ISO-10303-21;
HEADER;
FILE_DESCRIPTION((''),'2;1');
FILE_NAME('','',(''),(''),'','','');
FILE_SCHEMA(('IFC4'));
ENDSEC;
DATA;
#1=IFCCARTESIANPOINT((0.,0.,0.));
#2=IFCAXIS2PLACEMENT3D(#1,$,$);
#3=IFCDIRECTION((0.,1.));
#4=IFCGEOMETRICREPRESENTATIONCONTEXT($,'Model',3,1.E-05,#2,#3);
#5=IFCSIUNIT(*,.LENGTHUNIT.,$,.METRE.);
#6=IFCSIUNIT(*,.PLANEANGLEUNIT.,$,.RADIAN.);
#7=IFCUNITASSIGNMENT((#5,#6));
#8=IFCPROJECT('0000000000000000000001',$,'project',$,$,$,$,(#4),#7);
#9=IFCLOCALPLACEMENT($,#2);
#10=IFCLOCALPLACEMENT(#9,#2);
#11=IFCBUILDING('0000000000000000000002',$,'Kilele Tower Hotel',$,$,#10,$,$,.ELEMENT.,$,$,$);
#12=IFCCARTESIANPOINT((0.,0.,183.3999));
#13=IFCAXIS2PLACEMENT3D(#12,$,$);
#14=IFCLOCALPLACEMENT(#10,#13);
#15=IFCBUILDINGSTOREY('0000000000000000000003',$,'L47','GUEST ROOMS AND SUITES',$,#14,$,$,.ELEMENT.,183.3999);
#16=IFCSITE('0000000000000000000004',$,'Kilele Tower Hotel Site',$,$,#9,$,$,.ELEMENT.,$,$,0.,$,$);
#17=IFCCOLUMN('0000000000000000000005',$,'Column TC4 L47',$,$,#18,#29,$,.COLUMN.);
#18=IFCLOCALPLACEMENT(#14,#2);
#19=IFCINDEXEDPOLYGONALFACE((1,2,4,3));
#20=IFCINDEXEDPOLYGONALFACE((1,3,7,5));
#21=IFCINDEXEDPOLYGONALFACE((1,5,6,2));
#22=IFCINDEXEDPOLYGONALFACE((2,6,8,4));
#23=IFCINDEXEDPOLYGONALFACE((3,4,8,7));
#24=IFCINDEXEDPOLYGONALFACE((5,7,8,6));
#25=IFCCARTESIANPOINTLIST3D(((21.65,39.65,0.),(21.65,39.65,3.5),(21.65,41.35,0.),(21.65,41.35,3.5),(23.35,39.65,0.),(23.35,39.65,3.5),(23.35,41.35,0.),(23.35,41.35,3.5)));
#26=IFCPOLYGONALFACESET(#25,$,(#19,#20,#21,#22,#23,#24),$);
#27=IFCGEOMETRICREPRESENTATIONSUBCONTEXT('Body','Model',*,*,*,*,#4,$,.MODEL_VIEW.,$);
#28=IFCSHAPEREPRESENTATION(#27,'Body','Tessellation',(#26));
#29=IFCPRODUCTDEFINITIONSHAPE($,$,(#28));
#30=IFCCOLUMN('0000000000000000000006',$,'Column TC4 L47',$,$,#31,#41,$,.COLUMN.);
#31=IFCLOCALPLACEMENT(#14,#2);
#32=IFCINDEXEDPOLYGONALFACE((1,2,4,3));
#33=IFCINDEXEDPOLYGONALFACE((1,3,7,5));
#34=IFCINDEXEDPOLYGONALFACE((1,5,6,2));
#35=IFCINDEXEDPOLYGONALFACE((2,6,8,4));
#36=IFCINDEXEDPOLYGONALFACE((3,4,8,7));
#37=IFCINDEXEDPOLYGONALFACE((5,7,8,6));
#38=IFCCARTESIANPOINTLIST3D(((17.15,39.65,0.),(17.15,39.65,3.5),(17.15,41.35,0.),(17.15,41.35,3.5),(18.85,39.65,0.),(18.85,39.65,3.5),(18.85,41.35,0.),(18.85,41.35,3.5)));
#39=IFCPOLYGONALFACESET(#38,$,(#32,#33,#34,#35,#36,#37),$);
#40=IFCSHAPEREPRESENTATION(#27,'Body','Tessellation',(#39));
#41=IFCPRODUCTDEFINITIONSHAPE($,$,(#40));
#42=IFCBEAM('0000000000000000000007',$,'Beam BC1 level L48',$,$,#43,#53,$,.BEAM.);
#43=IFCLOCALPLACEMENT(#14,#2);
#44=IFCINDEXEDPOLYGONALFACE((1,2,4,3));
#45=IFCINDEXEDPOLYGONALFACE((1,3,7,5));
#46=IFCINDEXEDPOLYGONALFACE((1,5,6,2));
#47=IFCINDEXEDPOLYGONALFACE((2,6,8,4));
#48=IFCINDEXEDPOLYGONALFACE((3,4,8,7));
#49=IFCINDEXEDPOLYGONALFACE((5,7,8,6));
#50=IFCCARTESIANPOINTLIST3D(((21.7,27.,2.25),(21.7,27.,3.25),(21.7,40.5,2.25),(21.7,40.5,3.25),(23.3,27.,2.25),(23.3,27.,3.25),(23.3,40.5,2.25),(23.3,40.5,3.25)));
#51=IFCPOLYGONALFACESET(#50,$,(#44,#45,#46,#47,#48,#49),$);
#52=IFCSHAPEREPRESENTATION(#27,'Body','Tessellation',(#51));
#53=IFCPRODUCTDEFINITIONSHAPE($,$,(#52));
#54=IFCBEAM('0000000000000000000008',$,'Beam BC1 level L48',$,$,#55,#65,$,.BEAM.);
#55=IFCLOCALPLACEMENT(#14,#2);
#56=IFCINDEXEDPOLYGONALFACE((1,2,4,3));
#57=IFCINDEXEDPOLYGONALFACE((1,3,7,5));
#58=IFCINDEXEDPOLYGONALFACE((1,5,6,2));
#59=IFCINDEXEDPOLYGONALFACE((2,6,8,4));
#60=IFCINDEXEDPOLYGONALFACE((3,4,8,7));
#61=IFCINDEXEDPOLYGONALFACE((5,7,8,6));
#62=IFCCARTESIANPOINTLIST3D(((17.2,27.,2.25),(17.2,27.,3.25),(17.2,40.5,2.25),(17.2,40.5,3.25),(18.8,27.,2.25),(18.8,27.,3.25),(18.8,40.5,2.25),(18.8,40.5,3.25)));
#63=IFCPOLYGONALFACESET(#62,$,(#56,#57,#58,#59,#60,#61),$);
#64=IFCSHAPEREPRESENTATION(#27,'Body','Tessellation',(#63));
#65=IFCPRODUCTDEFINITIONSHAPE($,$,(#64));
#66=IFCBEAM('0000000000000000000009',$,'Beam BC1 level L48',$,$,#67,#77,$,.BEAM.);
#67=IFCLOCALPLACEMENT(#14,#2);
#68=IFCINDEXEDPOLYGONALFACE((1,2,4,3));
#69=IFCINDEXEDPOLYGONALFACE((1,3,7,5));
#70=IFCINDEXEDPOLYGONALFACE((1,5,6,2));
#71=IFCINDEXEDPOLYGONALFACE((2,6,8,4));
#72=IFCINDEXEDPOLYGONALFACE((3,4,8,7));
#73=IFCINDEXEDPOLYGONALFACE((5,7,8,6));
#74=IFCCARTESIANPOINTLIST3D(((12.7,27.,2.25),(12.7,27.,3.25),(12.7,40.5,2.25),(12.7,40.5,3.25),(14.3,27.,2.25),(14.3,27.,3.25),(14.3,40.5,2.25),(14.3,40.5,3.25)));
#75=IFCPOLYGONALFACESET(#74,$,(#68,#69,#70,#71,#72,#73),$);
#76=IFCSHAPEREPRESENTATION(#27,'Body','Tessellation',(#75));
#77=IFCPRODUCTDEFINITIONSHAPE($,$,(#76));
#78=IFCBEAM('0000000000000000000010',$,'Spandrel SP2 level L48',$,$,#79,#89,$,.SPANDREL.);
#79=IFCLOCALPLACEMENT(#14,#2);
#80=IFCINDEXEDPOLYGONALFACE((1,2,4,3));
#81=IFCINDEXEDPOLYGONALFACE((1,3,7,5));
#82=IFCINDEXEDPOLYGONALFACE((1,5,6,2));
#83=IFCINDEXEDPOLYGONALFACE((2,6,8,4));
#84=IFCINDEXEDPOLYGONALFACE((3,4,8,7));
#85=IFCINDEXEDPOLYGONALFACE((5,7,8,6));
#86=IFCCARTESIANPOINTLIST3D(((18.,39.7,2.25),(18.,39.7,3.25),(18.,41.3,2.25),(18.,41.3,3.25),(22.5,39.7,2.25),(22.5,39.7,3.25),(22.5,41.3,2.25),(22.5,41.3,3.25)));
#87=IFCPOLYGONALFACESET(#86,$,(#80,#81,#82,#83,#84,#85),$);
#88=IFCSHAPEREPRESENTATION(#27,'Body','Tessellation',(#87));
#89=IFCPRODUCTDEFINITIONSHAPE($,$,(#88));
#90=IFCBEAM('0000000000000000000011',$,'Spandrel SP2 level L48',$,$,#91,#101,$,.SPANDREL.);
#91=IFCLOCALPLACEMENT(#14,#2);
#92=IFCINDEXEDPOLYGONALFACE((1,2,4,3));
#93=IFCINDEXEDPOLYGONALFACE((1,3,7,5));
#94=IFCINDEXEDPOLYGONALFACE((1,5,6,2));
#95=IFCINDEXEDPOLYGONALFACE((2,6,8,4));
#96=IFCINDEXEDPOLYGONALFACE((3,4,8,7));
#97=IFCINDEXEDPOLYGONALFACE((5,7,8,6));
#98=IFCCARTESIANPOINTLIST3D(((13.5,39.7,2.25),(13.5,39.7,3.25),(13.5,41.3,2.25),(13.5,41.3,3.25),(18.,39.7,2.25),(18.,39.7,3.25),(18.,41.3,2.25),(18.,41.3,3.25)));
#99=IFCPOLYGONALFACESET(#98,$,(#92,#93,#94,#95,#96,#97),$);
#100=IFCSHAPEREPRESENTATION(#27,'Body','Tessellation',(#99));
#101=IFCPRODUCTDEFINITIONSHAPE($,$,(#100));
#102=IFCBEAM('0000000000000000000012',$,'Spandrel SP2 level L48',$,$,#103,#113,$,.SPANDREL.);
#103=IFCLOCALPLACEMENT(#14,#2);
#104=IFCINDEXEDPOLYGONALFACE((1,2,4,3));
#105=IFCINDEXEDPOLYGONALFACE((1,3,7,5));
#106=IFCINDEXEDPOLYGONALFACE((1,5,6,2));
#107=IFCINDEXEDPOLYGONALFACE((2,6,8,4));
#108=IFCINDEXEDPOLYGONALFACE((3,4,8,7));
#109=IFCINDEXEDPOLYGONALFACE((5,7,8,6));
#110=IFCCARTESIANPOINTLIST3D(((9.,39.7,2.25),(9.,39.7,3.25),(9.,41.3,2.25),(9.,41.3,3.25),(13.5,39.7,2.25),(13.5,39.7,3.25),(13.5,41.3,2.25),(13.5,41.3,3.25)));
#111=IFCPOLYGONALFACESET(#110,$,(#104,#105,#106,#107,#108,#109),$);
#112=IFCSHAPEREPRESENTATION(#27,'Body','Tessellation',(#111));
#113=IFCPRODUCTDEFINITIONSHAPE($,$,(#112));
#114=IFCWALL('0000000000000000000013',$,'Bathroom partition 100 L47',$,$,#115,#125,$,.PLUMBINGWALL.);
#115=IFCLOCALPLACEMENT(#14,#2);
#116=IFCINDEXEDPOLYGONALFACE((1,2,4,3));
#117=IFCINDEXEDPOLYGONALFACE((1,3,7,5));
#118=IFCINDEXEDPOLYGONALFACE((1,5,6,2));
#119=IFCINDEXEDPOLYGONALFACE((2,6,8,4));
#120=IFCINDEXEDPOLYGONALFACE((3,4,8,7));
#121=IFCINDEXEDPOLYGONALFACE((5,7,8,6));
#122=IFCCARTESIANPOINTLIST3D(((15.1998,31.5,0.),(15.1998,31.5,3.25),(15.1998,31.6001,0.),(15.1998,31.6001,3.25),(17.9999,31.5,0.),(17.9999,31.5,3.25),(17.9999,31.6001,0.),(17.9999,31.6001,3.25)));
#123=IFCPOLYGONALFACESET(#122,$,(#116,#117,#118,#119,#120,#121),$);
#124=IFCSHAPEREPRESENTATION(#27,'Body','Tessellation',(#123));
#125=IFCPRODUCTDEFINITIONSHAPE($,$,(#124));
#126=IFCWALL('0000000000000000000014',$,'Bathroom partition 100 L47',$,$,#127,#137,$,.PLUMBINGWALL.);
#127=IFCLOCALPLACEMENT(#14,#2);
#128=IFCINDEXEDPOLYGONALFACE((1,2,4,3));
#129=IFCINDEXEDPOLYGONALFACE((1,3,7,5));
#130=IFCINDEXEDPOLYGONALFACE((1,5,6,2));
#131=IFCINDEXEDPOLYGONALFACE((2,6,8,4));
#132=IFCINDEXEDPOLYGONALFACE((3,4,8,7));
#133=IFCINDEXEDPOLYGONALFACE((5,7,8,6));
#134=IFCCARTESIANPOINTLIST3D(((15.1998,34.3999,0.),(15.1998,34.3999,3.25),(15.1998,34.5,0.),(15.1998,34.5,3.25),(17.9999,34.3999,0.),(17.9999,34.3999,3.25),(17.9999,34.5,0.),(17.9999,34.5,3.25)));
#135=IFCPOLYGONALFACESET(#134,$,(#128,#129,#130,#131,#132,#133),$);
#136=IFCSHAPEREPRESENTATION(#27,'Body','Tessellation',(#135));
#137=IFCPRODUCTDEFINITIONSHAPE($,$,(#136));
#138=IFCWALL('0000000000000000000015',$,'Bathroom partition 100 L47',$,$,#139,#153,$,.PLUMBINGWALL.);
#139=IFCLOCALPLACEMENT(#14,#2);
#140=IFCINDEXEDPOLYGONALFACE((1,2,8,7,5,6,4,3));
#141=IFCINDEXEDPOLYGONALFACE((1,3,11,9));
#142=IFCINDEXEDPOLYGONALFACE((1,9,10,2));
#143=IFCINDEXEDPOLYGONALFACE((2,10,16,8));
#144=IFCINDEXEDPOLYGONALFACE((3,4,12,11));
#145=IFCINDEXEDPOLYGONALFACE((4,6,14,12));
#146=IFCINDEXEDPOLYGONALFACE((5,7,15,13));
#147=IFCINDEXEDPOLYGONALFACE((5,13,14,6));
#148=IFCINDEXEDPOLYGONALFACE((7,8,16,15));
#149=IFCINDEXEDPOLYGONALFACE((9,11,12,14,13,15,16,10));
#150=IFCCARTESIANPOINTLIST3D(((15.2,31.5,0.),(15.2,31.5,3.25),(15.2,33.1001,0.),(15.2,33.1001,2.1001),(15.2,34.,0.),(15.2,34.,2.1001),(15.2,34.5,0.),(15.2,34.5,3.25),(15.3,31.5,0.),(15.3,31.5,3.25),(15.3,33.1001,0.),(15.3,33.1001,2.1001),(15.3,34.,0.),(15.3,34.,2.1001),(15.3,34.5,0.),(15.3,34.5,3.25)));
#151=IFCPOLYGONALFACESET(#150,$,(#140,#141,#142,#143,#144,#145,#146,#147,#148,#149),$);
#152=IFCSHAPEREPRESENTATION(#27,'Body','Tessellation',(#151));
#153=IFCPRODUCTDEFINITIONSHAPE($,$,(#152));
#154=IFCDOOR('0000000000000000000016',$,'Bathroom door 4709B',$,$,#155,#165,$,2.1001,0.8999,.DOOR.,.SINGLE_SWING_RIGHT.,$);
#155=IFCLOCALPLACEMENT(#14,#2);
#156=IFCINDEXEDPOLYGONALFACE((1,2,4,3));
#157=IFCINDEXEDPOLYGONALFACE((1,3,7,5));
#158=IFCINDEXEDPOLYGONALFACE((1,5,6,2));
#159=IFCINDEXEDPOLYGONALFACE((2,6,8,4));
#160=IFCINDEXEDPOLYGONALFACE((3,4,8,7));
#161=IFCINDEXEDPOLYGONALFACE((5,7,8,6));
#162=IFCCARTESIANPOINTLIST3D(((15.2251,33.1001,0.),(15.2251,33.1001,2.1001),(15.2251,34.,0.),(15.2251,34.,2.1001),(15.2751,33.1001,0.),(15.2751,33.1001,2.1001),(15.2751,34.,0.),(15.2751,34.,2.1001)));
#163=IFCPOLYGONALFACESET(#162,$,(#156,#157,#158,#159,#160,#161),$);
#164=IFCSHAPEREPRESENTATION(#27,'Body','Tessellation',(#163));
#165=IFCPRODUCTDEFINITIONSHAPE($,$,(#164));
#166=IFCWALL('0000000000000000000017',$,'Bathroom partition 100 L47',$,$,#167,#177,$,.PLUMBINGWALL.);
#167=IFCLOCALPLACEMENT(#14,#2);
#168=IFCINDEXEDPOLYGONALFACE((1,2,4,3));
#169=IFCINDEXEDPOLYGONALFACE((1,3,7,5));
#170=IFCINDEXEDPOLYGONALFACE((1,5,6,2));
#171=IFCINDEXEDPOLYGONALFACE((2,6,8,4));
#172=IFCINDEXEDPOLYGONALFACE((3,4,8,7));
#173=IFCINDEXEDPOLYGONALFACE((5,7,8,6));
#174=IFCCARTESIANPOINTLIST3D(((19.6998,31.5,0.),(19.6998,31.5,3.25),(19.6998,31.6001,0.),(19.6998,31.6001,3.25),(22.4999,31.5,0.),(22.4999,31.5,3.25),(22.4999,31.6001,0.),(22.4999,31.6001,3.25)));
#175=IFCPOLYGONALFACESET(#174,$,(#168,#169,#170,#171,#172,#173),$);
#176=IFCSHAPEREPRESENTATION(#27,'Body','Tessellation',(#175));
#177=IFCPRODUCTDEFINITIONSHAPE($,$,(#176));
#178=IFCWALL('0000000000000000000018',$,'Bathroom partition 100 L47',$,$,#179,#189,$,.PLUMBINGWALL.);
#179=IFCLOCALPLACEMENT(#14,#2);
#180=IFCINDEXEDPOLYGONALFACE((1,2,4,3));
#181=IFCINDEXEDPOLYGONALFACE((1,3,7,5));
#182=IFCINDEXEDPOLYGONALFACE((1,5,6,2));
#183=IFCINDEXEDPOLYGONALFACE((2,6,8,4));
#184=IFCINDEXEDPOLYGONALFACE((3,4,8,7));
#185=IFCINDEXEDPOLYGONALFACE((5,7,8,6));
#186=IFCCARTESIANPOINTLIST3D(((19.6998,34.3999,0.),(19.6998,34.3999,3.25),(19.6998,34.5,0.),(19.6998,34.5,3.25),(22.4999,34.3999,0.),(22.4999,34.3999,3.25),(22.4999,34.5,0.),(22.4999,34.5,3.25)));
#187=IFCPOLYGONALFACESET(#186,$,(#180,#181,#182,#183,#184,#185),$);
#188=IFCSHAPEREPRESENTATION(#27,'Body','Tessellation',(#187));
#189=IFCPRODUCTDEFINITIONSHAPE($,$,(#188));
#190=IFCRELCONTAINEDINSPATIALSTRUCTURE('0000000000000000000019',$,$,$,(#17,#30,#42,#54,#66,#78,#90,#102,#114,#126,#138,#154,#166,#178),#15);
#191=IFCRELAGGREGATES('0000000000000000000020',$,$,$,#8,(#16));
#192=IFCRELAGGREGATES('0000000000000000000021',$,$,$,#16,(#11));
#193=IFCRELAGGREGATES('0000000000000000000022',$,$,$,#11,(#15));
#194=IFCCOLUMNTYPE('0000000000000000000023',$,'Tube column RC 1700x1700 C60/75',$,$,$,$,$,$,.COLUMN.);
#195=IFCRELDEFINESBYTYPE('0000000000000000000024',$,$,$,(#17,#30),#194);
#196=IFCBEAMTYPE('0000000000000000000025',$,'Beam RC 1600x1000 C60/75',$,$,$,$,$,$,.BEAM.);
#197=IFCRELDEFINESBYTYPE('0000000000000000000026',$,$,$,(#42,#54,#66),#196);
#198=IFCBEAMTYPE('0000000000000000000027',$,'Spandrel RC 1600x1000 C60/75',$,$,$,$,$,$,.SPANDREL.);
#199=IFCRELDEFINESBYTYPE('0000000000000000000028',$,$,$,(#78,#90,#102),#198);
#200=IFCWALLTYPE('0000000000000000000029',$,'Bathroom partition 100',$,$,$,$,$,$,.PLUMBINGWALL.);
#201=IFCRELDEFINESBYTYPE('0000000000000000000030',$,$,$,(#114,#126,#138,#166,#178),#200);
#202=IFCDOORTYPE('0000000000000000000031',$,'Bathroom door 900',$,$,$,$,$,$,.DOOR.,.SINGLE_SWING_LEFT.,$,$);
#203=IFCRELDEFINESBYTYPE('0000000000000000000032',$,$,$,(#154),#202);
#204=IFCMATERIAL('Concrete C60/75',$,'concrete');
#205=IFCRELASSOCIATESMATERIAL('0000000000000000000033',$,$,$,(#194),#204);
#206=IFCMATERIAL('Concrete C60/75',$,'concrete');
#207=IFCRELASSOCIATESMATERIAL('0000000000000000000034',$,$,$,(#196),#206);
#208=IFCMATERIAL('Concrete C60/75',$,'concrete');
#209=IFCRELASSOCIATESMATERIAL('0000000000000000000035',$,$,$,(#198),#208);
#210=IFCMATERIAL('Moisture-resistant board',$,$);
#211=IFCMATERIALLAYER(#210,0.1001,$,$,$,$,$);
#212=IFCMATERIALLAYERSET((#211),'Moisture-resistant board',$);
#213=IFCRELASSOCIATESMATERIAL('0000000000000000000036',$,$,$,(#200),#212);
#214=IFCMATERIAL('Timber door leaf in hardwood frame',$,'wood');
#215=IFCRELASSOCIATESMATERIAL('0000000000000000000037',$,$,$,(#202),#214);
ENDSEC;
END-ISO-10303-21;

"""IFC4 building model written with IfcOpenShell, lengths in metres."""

from ifc_helpers import new_model, si_unit, direction, frame, frame_2d, origin, origin_2d, place, context, subcontext, project, spatial, rectangle, extrude, material, layer, layer_set, material_profile, profile_set, type_object, element, fill, save


model = new_model("IFC4")

# Units and contexts
model_context = context("Model", 3, precision=1e-05, world=origin(), true_north=direction((0.0, 1.0)))
body_context = subcontext(model_context, "Body", "Model", "MODEL_VIEW")
ifc_project = project(units=[si_unit("LENGTHUNIT", "METRE"), si_unit("PLANEANGLEUNIT", "RADIAN")], contexts=[model_context])

# Site, building, storey
site_placement = place(None, origin())
site = spatial("IfcSite", under=ifc_project, at=site_placement, Name="Kilele Tower Hotel Site", CompositionType="ELEMENT", RefElevation=0.0)
building_placement = place(site_placement, origin())
building = spatial("IfcBuilding", under=site, at=building_placement, Name="Kilele Tower Hotel", CompositionType="ELEMENT")
storey_placement = place(building_placement, frame((0.0, 0.0, 183.3999)))
storey = spatial("IfcBuildingStorey", under=building, at=storey_placement, Name="L47", Description="GUEST ROOMS AND SUITES", CompositionType="ELEMENT", Elevation=183.3999)

# Columns
ifc_material_1 = material(Name="Concrete C60/75", Category="concrete")
ifc_material_profile_1 = material_profile(ifc_material_1, rectangle(XDim=1.7, YDim=1.7, at=origin_2d()))
ifc_profile_set_1 = profile_set([ifc_material_profile_1], Name="Concrete C60/75")
column_type = type_object("IfcColumnType", Name="Tube column RC 1700x1700 C60/75", PredefinedType="COLUMN", material=ifc_profile_set_1)
for number, where, z_axis, x_axis, name in (
    (1, (22.5, 40.5, 0.0), (0.0, 0.0, 1.0), (1.0, 0.0, 0.0), "Column TC4 L47"),
    (2, (18.0, 40.5, 0.0), (0.0, 0.0, 1.0), (1.0, 0.0, 0.0), "Column TC4 L47"),
):
    element("IfcColumn", number, at=place(storey_placement, frame(where, z_axis=z_axis, x_axis=x_axis)), inside=storey, type_object=column_type, Name=name, PredefinedType="COLUMN", context=body_context, shape_type="SweptSolid", body=[
        extrude(rectangle(XDim=1.7, YDim=1.7, at=origin_2d()), origin(), (0.0, 0.0, 1.0), 3.5),
    ])

# Beams
ifc_material_2 = material(Name="Concrete C60/75", Category="concrete")
ifc_material_profile_2 = material_profile(ifc_material_2, rectangle(XDim=1.6001, YDim=1.0, at=origin_2d()))
ifc_profile_set_2 = profile_set([ifc_material_profile_2], Name="Concrete C60/75")
beam_type_1 = type_object("IfcBeamType", Name="Beam RC 1600x1000 C60/75", PredefinedType="BEAM", material=ifc_profile_set_2)
for number, where, z_axis, x_axis, name in (
    (3, (22.5, 40.5, 2.75), (0.0, -1.0, 0.0), (1.0, 0.0, 0.0), "Beam BC1 level L48"),
    (4, (18.0, 40.5, 2.75), (0.0, -1.0, 0.0), (1.0, 0.0, 0.0), "Beam BC1 level L48"),
    (5, (13.5, 40.5, 2.75), (0.0, -1.0, 0.0), (1.0, 0.0, 0.0), "Beam BC1 level L48"),
):
    element("IfcBeam", number, at=place(storey_placement, frame(where, z_axis=z_axis, x_axis=x_axis)), inside=storey, type_object=beam_type_1, Name=name, PredefinedType="BEAM", context=body_context, shape_type="SweptSolid", body=[
        extrude(rectangle(XDim=1.6001, YDim=1.0, at=origin_2d()), origin(), (0.0, 0.0, 1.0), 13.5),
    ])
ifc_material_3 = material(Name="Concrete C60/75", Category="concrete")
ifc_material_profile_3 = material_profile(ifc_material_3, rectangle(XDim=1.6001, YDim=1.0, at=origin_2d()))
ifc_profile_set_3 = profile_set([ifc_material_profile_3], Name="Concrete C60/75")
beam_type_2 = type_object("IfcBeamType", Name="Spandrel RC 1600x1000 C60/75", PredefinedType="SPANDREL", material=ifc_profile_set_3)
for number, where, z_axis, x_axis, name in (
    (6, (22.5, 40.5, 2.75), (-1.0, 0.0, 0.0), (0.0, -1.0, 0.0), "Spandrel SP2 level L48"),
    (7, (18.0, 40.5, 2.75), (-1.0, 0.0, 0.0), (0.0, -1.0, 0.0), "Spandrel SP2 level L48"),
    (8, (13.5, 40.5, 2.75), (-1.0, 0.0, 0.0), (0.0, -1.0, 0.0), "Spandrel SP2 level L48"),
):
    element("IfcBeam", number, at=place(storey_placement, frame(where, z_axis=z_axis, x_axis=x_axis)), inside=storey, type_object=beam_type_2, Name=name, PredefinedType="SPANDREL", context=body_context, shape_type="SweptSolid", body=[
        extrude(rectangle(XDim=1.6001, YDim=1.0, at=origin_2d()), origin(), (0.0, 0.0, 1.0), 4.5),
    ])

# Walls
ifc_material_4 = material(Name="Moisture-resistant board")
ifc_layer_1 = layer(ifc_material_4, 0.1001)
ifc_layer_set_1 = layer_set([ifc_layer_1], Name="Moisture-resistant board")
wall_type_1 = type_object("IfcWallType", Name="Bathroom partition 100", PredefinedType="PLUMBINGWALL", material=ifc_layer_set_1)
for number, where, z_axis, x_axis, name in (
    (9, (15.2, 31.55, 0.0), (0.0, 0.0, 1.0), (1.0, 0.0, 0.0), "Bathroom partition 100 L47"),
    (10, (15.2, 34.45, 0.0), (0.0, 0.0, 1.0), (1.0, 0.0, 0.0), "Bathroom partition 100 L47"),
):
    element("IfcWall", number, at=place(storey_placement, frame(where, z_axis=z_axis, x_axis=x_axis)), inside=storey, type_object=wall_type_1, Name=name, PredefinedType="PLUMBINGWALL", context=body_context, shape_type="SweptSolid", body=[
        extrude(rectangle(XDim=2.8, YDim=0.1001, at=frame_2d((1.3999, 0.0))), origin(), (0.0, 0.0, 1.0), 3.25),
    ])

# Wall, opening, door
wall_1_placement = place(storey_placement, frame((15.25, 31.5, 0.0), z_axis=(0.0, 0.0, 1.0), x_axis=(0.0, 1.0, 0.0)))
wall_1 = element("IfcWall", 11, at=wall_1_placement, inside=storey, type_object=wall_type_1, Name="Bathroom partition 100 L47", PredefinedType="PLUMBINGWALL", context=body_context, shape_type="SweptSolid", body=[
    extrude(rectangle(XDim=3.0, YDim=0.1001, at=frame_2d((1.5, 0.0))), origin(), (0.0, 0.0, 1.0), 3.25),
])
opening_1_placement = place(wall_1_placement, frame((1.6001, 0.0, 0.0)))
opening_1 = element("IfcOpeningElement", 12, at=opening_1_placement, cuts=wall_1, PredefinedType="OPENING", context=body_context, shape_type="SweptSolid", body=[
    extrude(rectangle(XDim=0.8999, YDim=2.1001, at=frame_2d((0.45, 1.05))), frame((0.0, 0.0601, 0.0), z_axis=(0.0, -1.0, 0.0), x_axis=(1.0, 0.0, 0.0)), (0.0, 0.0, 1.0), 0.1201),
])
ifc_material_5 = material(Name="Timber door leaf in hardwood frame", Category="wood")
door_type_1 = type_object("IfcDoorType", Name="Bathroom door 900", OperationType="SINGLE_SWING_LEFT", PredefinedType="DOOR", material=ifc_material_5)
door_1_placement = place(opening_1_placement, origin())
door_1 = element("IfcDoor", 13, at=door_1_placement, inside=storey, type_object=door_type_1, Name="Bathroom door 4709B", OperationType="SINGLE_SWING_RIGHT", OverallHeight=2.1001, OverallWidth=0.8999, PredefinedType="DOOR", context=body_context, shape_type="SweptSolid", body=[
    extrude(rectangle(XDim=0.8999, YDim=2.1001, at=frame_2d((0.45, 1.05))), frame((0.0, 0.0249, 0.0), z_axis=(0.0, -1.0, 0.0), x_axis=(1.0, 0.0, 0.0)), (0.0, 0.0, 1.0), 0.05),
])
fill(opening_1, door_1)

# Walls
for number, where, z_axis, x_axis, name in (
    (14, (19.7, 31.55, 0.0), (0.0, 0.0, 1.0), (1.0, 0.0, 0.0), "Bathroom partition 100 L47"),
    (15, (19.7, 34.45, 0.0), (0.0, 0.0, 1.0), (1.0, 0.0, 0.0), "Bathroom partition 100 L47"),
):
    element("IfcWall", number, at=place(storey_placement, frame(where, z_axis=z_axis, x_axis=x_axis)), inside=storey, type_object=wall_type_1, Name=name, PredefinedType="PLUMBINGWALL", context=body_context, shape_type="SweptSolid", body=[
        extrude(rectangle(XDim=2.8, YDim=0.1001, at=frame_2d((1.3999, 0.0))), origin(), (0.0, 0.0, 1.0), 3.25),
    ])

save(model, "model.ifc")
